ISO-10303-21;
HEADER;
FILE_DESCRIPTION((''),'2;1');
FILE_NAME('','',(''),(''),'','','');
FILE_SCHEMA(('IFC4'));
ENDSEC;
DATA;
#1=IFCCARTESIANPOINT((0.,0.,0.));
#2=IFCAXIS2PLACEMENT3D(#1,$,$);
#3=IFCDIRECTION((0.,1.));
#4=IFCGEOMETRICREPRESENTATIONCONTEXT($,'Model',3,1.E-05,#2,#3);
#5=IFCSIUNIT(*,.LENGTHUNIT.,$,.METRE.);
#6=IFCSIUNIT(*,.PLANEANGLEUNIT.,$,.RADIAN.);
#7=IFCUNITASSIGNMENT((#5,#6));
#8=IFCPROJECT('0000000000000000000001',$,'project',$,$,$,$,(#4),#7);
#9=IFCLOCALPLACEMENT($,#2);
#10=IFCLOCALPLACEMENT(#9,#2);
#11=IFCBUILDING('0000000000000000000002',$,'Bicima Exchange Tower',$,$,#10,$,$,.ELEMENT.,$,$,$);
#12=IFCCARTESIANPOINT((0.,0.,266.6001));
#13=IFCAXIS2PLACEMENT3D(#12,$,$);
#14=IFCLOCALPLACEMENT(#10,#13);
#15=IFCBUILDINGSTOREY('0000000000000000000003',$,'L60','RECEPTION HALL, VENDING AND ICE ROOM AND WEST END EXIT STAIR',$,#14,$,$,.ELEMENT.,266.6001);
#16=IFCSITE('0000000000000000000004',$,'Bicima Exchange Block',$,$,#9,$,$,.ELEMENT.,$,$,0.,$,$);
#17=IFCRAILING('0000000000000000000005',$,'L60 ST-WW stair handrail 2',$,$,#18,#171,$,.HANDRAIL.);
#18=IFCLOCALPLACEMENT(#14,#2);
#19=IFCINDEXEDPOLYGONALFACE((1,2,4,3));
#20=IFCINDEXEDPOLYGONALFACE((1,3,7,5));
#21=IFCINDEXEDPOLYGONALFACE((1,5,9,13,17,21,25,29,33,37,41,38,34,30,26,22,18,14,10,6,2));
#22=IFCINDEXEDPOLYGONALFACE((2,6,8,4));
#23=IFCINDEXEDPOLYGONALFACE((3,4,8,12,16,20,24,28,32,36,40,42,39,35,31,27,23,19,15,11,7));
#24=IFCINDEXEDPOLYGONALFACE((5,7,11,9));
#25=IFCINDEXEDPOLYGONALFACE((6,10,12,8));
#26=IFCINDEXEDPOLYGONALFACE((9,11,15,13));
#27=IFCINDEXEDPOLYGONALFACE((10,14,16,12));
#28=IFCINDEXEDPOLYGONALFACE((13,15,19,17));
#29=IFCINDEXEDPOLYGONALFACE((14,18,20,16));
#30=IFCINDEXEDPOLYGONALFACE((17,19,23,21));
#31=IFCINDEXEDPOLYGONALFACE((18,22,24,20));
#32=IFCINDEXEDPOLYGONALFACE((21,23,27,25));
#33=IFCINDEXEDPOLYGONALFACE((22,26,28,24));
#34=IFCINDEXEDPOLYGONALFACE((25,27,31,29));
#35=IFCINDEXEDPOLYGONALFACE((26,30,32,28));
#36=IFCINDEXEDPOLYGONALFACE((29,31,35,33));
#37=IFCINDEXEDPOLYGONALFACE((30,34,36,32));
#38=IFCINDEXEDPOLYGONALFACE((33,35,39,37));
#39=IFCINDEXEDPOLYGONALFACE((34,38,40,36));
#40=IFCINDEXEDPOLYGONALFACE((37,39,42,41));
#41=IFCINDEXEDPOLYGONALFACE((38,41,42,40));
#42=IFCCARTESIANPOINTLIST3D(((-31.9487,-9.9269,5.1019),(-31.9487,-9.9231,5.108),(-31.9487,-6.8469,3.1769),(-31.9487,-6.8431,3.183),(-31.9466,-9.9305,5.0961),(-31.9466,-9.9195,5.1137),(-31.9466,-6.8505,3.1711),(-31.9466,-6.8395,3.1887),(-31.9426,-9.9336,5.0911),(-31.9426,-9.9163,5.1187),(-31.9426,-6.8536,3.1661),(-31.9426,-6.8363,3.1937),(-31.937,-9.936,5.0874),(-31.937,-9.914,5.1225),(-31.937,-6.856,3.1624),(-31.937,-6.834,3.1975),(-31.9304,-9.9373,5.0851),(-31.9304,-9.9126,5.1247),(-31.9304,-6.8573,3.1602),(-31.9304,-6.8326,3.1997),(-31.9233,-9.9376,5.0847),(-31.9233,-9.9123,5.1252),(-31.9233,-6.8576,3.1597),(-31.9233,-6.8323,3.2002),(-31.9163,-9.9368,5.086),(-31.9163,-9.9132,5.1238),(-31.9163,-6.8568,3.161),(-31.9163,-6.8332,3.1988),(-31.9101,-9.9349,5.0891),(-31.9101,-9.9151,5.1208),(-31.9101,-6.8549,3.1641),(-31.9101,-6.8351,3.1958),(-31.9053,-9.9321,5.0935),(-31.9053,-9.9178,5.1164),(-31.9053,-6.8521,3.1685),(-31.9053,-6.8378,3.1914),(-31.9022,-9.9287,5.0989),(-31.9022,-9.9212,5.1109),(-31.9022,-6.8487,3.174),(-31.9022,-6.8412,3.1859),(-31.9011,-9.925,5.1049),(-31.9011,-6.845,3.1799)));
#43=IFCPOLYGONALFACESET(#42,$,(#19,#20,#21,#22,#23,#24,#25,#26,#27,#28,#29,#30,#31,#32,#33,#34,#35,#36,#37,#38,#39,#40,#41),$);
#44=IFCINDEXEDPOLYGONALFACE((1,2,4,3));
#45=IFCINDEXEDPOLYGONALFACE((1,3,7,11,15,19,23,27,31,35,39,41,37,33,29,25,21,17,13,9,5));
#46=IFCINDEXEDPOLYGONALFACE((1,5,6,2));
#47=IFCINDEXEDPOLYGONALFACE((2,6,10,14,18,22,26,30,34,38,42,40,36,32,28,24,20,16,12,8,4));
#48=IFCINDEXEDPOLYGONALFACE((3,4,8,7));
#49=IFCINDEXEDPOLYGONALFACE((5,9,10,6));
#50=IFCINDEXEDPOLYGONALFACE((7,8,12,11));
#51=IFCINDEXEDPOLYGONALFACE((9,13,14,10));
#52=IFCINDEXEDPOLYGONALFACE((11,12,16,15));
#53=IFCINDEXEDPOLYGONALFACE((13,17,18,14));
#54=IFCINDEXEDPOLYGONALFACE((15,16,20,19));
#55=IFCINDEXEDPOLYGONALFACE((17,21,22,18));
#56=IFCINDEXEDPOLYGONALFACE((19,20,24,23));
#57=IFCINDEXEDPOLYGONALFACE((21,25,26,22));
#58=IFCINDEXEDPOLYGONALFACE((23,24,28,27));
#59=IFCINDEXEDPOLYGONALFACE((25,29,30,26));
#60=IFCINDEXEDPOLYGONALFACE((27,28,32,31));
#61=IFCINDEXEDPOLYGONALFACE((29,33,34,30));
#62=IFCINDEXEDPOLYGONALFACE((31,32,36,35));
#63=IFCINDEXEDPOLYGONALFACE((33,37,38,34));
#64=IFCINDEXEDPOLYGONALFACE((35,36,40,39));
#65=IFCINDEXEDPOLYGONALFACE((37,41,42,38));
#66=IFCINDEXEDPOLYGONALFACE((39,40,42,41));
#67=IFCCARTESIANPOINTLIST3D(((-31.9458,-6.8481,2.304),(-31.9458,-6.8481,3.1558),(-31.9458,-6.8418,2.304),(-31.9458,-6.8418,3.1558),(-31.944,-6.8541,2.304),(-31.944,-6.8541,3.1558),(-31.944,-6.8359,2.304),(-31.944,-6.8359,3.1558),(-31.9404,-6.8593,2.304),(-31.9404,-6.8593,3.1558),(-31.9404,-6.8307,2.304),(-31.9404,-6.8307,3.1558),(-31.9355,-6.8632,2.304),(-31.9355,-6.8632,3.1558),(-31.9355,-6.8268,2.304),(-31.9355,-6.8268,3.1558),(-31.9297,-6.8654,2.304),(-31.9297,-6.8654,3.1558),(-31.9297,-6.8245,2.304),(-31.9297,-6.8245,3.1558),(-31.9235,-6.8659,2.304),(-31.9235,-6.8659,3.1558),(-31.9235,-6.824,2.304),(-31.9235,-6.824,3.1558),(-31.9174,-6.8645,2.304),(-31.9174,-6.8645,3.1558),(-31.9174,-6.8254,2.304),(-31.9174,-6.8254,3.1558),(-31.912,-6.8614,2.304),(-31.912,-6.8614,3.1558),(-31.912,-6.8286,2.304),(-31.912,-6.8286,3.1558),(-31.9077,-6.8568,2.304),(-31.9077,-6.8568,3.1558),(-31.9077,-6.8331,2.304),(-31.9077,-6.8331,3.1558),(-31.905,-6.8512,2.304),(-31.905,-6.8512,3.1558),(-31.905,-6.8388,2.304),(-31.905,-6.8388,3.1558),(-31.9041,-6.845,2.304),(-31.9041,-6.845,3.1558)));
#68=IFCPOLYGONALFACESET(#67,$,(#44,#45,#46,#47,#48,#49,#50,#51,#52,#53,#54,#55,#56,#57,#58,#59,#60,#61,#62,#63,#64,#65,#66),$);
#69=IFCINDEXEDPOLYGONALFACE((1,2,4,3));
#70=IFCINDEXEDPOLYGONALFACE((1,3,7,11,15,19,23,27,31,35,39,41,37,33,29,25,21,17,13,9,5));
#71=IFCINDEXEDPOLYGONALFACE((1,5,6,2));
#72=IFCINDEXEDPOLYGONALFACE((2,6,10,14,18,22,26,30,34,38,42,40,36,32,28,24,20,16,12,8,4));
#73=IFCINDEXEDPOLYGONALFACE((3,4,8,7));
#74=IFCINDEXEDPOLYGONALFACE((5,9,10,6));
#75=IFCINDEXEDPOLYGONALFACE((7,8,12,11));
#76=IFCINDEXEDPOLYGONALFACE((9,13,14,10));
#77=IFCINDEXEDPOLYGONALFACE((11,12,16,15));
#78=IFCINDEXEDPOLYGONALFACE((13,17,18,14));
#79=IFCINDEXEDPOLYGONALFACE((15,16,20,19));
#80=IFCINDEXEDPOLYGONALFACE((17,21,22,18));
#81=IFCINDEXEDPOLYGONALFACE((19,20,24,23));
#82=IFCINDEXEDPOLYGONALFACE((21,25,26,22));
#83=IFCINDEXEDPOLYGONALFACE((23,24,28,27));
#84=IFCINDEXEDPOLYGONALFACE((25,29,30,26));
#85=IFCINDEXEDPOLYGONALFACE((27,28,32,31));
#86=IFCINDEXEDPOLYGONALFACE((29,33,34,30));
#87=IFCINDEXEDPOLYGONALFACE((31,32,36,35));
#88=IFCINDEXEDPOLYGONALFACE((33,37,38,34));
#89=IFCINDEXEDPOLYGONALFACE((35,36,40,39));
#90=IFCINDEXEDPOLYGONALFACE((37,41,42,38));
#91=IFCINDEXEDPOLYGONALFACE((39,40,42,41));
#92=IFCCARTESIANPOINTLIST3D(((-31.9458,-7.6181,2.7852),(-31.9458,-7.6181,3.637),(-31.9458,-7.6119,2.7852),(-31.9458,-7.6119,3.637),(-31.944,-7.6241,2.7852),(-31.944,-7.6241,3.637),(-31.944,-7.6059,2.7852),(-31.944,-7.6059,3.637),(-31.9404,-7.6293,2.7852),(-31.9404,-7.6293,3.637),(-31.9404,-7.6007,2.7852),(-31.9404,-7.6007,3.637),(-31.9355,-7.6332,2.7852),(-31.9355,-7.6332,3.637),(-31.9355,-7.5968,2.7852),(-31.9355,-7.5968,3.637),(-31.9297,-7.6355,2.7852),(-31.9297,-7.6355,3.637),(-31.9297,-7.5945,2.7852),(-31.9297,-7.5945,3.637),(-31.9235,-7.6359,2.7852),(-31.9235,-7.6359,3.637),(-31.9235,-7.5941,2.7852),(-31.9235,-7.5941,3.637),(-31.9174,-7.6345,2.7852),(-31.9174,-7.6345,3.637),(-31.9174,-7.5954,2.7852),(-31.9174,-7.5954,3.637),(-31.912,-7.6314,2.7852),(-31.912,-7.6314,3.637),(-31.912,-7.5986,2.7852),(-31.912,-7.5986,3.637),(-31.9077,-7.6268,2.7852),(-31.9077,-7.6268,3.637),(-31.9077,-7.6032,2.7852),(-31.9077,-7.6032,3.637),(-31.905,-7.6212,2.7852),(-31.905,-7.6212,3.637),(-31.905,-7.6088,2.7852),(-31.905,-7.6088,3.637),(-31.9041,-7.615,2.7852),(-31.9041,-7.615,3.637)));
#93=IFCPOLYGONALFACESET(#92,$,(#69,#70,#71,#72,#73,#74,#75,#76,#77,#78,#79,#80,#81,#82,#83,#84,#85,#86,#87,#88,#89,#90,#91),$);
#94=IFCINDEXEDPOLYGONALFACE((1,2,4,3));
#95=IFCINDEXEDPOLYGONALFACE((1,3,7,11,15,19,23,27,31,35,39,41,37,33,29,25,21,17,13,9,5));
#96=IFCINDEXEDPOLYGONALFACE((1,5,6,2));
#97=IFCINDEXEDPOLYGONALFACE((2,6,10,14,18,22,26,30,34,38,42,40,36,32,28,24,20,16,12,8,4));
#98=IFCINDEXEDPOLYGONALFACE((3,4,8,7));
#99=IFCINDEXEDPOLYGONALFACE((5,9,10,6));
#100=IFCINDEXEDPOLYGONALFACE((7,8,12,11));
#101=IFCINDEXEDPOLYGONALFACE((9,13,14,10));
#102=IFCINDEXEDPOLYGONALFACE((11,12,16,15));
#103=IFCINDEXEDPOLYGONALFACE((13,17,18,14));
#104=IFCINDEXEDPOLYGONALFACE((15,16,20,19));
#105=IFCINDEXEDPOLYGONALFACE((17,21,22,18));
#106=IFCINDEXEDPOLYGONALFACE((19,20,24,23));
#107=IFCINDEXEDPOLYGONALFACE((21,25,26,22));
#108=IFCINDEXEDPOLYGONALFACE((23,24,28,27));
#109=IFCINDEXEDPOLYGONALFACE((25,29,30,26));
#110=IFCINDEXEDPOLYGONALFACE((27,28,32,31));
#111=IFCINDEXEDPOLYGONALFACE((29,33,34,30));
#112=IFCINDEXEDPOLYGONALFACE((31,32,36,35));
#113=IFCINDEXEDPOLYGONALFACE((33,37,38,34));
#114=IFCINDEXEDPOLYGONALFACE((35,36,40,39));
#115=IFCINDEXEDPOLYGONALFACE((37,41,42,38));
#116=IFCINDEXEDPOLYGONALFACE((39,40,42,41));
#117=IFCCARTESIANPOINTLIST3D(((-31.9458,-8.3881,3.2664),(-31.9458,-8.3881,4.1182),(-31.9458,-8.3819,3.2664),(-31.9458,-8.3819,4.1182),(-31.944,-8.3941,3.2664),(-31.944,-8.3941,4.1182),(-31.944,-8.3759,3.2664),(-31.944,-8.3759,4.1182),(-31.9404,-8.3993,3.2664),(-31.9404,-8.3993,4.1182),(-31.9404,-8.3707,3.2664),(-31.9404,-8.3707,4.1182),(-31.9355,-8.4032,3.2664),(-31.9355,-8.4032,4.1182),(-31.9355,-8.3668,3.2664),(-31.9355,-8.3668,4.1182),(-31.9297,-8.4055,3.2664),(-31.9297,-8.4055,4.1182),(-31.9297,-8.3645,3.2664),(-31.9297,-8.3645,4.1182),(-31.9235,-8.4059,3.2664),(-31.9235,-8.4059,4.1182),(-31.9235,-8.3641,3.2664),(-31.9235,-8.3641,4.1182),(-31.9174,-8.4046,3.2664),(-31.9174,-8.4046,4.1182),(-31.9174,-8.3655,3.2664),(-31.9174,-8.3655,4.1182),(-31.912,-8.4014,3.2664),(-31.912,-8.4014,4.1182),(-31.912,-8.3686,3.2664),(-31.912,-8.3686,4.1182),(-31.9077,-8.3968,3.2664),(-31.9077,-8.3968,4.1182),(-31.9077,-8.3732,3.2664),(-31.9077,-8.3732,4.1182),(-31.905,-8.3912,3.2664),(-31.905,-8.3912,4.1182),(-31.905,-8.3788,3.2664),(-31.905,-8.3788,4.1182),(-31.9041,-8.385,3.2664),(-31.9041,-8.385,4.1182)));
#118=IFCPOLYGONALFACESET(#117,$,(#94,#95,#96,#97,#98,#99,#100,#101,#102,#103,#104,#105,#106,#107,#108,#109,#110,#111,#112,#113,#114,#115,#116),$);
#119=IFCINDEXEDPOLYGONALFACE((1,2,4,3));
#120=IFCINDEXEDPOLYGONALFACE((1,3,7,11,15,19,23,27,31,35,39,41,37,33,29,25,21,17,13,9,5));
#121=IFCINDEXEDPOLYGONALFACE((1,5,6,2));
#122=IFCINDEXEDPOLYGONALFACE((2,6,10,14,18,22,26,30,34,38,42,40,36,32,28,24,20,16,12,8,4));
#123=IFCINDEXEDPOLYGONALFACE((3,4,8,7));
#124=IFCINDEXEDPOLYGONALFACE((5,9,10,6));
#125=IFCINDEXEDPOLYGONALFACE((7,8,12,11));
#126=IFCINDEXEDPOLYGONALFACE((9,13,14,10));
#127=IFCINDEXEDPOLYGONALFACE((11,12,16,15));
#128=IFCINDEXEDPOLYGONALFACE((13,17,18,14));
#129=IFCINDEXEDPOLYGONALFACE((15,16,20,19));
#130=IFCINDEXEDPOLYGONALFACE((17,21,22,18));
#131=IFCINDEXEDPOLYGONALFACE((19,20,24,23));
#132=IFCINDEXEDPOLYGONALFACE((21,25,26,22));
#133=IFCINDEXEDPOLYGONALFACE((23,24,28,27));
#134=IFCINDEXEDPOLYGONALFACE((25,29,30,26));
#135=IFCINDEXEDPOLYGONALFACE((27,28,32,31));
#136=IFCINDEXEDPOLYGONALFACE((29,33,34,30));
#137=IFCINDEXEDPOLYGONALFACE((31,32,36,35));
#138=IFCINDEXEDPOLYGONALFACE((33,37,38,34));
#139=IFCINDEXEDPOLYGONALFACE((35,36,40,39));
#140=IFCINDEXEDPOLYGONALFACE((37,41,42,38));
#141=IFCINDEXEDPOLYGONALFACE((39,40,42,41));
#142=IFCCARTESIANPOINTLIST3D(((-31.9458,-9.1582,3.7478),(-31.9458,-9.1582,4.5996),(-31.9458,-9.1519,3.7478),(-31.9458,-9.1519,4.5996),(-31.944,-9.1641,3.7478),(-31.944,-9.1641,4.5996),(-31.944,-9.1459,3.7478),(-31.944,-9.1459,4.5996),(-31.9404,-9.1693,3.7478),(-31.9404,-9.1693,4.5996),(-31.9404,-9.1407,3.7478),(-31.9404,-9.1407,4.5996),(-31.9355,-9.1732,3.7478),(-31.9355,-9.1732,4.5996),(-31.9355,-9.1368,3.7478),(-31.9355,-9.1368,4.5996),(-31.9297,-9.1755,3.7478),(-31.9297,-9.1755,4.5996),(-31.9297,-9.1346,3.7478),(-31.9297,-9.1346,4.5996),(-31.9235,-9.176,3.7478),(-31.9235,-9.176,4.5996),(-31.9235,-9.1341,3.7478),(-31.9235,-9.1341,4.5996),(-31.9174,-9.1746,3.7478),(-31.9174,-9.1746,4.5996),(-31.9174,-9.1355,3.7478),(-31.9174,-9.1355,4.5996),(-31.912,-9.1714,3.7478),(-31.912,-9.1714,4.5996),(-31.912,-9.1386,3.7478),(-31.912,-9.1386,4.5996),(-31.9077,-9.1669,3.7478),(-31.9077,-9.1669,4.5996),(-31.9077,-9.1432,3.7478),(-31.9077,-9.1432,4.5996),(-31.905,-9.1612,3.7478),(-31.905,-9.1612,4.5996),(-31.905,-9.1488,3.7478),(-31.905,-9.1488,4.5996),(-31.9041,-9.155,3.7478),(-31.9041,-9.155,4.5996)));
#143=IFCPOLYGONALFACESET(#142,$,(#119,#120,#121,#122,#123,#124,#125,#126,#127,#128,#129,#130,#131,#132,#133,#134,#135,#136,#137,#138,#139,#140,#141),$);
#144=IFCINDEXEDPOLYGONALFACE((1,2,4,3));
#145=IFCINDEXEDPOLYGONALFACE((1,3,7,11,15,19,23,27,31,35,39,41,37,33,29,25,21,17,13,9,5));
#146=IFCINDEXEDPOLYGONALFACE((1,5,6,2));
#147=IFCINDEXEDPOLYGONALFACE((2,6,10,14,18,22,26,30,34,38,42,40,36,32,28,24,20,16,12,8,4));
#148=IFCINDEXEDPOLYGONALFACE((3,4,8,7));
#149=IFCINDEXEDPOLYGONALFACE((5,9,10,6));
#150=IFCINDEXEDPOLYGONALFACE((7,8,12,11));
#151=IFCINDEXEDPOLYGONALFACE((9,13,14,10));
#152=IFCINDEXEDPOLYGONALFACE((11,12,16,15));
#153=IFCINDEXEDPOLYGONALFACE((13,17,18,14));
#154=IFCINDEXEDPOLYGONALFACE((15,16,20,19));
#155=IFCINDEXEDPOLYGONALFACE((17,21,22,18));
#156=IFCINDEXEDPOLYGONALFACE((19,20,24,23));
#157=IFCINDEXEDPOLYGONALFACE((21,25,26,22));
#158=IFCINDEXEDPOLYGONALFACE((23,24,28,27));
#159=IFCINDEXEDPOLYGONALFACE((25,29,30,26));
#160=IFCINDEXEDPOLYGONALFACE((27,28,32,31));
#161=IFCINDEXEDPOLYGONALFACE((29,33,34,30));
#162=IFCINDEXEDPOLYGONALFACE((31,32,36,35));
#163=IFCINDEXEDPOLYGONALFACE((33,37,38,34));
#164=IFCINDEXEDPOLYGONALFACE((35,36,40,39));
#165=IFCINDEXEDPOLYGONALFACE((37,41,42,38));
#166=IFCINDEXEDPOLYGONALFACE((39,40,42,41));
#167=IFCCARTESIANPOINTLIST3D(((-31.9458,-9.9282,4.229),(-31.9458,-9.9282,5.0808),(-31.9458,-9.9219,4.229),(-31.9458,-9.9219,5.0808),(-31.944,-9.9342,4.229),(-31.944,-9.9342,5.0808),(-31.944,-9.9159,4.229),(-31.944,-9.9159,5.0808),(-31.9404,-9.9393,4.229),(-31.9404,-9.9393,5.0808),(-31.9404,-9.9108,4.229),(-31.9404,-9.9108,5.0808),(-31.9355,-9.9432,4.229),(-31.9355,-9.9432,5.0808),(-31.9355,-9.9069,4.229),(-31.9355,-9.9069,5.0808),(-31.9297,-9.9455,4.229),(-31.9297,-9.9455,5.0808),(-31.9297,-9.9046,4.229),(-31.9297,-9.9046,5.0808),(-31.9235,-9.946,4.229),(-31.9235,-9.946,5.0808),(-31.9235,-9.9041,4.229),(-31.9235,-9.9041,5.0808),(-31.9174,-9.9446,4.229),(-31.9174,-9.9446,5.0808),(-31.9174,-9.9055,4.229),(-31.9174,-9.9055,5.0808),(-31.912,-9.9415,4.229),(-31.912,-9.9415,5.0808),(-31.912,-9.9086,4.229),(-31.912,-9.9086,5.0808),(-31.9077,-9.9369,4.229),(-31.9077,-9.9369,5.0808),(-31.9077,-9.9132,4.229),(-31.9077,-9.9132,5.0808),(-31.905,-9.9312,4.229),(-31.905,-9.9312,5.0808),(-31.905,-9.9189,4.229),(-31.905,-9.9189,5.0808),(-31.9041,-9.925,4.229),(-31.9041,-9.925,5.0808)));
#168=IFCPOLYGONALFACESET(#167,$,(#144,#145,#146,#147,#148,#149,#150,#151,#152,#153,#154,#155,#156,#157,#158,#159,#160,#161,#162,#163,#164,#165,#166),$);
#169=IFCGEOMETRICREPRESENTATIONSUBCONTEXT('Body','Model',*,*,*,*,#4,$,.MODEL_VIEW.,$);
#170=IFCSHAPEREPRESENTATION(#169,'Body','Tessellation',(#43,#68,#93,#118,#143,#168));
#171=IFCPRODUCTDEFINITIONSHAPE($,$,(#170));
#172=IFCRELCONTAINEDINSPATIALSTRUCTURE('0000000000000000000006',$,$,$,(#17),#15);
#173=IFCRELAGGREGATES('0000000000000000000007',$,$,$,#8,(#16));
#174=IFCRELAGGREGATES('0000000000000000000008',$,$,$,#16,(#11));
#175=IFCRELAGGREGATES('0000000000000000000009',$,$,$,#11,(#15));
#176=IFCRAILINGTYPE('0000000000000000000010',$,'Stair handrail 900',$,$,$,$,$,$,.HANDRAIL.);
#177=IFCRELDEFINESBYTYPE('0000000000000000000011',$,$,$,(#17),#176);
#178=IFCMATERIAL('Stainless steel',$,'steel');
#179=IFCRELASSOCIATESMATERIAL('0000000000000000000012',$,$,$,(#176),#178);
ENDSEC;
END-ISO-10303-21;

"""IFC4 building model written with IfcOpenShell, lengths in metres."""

from ifc_helpers import new_model, si_unit, direction, frame, origin, origin_2d, place, context, subcontext, project, spatial, circle, extrude, material, type_object, element, save


model = new_model("IFC4")

# Units and contexts
model_context = context("Model", 3, precision=1e-05, world=origin(), true_north=direction((0.0, 1.0)))
body_context = subcontext(model_context, "Body", "Model", "MODEL_VIEW")
ifc_project = project(units=[si_unit("LENGTHUNIT", "METRE"), si_unit("PLANEANGLEUNIT", "RADIAN")], contexts=[model_context])

# Site, building, storey
site_placement = place(None, origin())
site = spatial("IfcSite", under=ifc_project, at=site_placement, Name="Bicima Exchange Block", CompositionType="ELEMENT", RefElevation=0.0)
building_placement = place(site_placement, origin())
building = spatial("IfcBuilding", under=site, at=building_placement, Name="Bicima Exchange Tower", CompositionType="ELEMENT")
storey_placement = place(building_placement, frame((0.0, 0.0, 266.6001)))
storey = spatial("IfcBuildingStorey", under=building, at=storey_placement, Name="L60", Description="RECEPTION HALL, VENDING AND ICE ROOM AND WEST END EXIT STAIR", CompositionType="ELEMENT", Elevation=266.6001)

# Railing
ifc_material_1 = material(Name="Stainless steel", Category="steel")
railing_type = type_object("IfcRailingType", Name="Stair handrail 900", PredefinedType="HANDRAIL", material=ifc_material_1)
railing_placement = place(storey_placement, frame((-31.925, -6.845, 2.304)))
element("IfcRailing", 1, at=railing_placement, inside=storey, type_object=railing_type, Name="L60 ST-WW stair handrail 2", PredefinedType="HANDRAIL", context=body_context, shape_type="SweptSolid", body=[
    extrude(circle(Radius=0.0239, at=origin_2d()), frame((0.0, 0.0, 0.876), z_axis=(0.0, -0.847998, 0.529999), x_axis=(1.0, 0.0, 0.0)), (0.0, 0.0, 1.0), 3.6321),
    extrude(circle(Radius=0.021, at=origin_2d()), origin(), (0.0, 0.0, 1.0), 0.8518),
    extrude(circle(Radius=0.021, at=origin_2d()), frame((0.0, -0.77, 0.4812)), (0.0, 0.0, 1.0), 0.8518),
    extrude(circle(Radius=0.021, at=origin_2d()), frame((0.0, -1.54, 0.9624)), (0.0, 0.0, 1.0), 0.8518),
    extrude(circle(Radius=0.021, at=origin_2d()), frame((0.0, -2.3101, 1.4438)), (0.0, 0.0, 1.0), 0.8518),
    extrude(circle(Radius=0.021, at=origin_2d()), frame((0.0, -3.0801, 1.925)), (0.0, 0.0, 1.0), 0.8518),
])

save(model, "model.ifc")
